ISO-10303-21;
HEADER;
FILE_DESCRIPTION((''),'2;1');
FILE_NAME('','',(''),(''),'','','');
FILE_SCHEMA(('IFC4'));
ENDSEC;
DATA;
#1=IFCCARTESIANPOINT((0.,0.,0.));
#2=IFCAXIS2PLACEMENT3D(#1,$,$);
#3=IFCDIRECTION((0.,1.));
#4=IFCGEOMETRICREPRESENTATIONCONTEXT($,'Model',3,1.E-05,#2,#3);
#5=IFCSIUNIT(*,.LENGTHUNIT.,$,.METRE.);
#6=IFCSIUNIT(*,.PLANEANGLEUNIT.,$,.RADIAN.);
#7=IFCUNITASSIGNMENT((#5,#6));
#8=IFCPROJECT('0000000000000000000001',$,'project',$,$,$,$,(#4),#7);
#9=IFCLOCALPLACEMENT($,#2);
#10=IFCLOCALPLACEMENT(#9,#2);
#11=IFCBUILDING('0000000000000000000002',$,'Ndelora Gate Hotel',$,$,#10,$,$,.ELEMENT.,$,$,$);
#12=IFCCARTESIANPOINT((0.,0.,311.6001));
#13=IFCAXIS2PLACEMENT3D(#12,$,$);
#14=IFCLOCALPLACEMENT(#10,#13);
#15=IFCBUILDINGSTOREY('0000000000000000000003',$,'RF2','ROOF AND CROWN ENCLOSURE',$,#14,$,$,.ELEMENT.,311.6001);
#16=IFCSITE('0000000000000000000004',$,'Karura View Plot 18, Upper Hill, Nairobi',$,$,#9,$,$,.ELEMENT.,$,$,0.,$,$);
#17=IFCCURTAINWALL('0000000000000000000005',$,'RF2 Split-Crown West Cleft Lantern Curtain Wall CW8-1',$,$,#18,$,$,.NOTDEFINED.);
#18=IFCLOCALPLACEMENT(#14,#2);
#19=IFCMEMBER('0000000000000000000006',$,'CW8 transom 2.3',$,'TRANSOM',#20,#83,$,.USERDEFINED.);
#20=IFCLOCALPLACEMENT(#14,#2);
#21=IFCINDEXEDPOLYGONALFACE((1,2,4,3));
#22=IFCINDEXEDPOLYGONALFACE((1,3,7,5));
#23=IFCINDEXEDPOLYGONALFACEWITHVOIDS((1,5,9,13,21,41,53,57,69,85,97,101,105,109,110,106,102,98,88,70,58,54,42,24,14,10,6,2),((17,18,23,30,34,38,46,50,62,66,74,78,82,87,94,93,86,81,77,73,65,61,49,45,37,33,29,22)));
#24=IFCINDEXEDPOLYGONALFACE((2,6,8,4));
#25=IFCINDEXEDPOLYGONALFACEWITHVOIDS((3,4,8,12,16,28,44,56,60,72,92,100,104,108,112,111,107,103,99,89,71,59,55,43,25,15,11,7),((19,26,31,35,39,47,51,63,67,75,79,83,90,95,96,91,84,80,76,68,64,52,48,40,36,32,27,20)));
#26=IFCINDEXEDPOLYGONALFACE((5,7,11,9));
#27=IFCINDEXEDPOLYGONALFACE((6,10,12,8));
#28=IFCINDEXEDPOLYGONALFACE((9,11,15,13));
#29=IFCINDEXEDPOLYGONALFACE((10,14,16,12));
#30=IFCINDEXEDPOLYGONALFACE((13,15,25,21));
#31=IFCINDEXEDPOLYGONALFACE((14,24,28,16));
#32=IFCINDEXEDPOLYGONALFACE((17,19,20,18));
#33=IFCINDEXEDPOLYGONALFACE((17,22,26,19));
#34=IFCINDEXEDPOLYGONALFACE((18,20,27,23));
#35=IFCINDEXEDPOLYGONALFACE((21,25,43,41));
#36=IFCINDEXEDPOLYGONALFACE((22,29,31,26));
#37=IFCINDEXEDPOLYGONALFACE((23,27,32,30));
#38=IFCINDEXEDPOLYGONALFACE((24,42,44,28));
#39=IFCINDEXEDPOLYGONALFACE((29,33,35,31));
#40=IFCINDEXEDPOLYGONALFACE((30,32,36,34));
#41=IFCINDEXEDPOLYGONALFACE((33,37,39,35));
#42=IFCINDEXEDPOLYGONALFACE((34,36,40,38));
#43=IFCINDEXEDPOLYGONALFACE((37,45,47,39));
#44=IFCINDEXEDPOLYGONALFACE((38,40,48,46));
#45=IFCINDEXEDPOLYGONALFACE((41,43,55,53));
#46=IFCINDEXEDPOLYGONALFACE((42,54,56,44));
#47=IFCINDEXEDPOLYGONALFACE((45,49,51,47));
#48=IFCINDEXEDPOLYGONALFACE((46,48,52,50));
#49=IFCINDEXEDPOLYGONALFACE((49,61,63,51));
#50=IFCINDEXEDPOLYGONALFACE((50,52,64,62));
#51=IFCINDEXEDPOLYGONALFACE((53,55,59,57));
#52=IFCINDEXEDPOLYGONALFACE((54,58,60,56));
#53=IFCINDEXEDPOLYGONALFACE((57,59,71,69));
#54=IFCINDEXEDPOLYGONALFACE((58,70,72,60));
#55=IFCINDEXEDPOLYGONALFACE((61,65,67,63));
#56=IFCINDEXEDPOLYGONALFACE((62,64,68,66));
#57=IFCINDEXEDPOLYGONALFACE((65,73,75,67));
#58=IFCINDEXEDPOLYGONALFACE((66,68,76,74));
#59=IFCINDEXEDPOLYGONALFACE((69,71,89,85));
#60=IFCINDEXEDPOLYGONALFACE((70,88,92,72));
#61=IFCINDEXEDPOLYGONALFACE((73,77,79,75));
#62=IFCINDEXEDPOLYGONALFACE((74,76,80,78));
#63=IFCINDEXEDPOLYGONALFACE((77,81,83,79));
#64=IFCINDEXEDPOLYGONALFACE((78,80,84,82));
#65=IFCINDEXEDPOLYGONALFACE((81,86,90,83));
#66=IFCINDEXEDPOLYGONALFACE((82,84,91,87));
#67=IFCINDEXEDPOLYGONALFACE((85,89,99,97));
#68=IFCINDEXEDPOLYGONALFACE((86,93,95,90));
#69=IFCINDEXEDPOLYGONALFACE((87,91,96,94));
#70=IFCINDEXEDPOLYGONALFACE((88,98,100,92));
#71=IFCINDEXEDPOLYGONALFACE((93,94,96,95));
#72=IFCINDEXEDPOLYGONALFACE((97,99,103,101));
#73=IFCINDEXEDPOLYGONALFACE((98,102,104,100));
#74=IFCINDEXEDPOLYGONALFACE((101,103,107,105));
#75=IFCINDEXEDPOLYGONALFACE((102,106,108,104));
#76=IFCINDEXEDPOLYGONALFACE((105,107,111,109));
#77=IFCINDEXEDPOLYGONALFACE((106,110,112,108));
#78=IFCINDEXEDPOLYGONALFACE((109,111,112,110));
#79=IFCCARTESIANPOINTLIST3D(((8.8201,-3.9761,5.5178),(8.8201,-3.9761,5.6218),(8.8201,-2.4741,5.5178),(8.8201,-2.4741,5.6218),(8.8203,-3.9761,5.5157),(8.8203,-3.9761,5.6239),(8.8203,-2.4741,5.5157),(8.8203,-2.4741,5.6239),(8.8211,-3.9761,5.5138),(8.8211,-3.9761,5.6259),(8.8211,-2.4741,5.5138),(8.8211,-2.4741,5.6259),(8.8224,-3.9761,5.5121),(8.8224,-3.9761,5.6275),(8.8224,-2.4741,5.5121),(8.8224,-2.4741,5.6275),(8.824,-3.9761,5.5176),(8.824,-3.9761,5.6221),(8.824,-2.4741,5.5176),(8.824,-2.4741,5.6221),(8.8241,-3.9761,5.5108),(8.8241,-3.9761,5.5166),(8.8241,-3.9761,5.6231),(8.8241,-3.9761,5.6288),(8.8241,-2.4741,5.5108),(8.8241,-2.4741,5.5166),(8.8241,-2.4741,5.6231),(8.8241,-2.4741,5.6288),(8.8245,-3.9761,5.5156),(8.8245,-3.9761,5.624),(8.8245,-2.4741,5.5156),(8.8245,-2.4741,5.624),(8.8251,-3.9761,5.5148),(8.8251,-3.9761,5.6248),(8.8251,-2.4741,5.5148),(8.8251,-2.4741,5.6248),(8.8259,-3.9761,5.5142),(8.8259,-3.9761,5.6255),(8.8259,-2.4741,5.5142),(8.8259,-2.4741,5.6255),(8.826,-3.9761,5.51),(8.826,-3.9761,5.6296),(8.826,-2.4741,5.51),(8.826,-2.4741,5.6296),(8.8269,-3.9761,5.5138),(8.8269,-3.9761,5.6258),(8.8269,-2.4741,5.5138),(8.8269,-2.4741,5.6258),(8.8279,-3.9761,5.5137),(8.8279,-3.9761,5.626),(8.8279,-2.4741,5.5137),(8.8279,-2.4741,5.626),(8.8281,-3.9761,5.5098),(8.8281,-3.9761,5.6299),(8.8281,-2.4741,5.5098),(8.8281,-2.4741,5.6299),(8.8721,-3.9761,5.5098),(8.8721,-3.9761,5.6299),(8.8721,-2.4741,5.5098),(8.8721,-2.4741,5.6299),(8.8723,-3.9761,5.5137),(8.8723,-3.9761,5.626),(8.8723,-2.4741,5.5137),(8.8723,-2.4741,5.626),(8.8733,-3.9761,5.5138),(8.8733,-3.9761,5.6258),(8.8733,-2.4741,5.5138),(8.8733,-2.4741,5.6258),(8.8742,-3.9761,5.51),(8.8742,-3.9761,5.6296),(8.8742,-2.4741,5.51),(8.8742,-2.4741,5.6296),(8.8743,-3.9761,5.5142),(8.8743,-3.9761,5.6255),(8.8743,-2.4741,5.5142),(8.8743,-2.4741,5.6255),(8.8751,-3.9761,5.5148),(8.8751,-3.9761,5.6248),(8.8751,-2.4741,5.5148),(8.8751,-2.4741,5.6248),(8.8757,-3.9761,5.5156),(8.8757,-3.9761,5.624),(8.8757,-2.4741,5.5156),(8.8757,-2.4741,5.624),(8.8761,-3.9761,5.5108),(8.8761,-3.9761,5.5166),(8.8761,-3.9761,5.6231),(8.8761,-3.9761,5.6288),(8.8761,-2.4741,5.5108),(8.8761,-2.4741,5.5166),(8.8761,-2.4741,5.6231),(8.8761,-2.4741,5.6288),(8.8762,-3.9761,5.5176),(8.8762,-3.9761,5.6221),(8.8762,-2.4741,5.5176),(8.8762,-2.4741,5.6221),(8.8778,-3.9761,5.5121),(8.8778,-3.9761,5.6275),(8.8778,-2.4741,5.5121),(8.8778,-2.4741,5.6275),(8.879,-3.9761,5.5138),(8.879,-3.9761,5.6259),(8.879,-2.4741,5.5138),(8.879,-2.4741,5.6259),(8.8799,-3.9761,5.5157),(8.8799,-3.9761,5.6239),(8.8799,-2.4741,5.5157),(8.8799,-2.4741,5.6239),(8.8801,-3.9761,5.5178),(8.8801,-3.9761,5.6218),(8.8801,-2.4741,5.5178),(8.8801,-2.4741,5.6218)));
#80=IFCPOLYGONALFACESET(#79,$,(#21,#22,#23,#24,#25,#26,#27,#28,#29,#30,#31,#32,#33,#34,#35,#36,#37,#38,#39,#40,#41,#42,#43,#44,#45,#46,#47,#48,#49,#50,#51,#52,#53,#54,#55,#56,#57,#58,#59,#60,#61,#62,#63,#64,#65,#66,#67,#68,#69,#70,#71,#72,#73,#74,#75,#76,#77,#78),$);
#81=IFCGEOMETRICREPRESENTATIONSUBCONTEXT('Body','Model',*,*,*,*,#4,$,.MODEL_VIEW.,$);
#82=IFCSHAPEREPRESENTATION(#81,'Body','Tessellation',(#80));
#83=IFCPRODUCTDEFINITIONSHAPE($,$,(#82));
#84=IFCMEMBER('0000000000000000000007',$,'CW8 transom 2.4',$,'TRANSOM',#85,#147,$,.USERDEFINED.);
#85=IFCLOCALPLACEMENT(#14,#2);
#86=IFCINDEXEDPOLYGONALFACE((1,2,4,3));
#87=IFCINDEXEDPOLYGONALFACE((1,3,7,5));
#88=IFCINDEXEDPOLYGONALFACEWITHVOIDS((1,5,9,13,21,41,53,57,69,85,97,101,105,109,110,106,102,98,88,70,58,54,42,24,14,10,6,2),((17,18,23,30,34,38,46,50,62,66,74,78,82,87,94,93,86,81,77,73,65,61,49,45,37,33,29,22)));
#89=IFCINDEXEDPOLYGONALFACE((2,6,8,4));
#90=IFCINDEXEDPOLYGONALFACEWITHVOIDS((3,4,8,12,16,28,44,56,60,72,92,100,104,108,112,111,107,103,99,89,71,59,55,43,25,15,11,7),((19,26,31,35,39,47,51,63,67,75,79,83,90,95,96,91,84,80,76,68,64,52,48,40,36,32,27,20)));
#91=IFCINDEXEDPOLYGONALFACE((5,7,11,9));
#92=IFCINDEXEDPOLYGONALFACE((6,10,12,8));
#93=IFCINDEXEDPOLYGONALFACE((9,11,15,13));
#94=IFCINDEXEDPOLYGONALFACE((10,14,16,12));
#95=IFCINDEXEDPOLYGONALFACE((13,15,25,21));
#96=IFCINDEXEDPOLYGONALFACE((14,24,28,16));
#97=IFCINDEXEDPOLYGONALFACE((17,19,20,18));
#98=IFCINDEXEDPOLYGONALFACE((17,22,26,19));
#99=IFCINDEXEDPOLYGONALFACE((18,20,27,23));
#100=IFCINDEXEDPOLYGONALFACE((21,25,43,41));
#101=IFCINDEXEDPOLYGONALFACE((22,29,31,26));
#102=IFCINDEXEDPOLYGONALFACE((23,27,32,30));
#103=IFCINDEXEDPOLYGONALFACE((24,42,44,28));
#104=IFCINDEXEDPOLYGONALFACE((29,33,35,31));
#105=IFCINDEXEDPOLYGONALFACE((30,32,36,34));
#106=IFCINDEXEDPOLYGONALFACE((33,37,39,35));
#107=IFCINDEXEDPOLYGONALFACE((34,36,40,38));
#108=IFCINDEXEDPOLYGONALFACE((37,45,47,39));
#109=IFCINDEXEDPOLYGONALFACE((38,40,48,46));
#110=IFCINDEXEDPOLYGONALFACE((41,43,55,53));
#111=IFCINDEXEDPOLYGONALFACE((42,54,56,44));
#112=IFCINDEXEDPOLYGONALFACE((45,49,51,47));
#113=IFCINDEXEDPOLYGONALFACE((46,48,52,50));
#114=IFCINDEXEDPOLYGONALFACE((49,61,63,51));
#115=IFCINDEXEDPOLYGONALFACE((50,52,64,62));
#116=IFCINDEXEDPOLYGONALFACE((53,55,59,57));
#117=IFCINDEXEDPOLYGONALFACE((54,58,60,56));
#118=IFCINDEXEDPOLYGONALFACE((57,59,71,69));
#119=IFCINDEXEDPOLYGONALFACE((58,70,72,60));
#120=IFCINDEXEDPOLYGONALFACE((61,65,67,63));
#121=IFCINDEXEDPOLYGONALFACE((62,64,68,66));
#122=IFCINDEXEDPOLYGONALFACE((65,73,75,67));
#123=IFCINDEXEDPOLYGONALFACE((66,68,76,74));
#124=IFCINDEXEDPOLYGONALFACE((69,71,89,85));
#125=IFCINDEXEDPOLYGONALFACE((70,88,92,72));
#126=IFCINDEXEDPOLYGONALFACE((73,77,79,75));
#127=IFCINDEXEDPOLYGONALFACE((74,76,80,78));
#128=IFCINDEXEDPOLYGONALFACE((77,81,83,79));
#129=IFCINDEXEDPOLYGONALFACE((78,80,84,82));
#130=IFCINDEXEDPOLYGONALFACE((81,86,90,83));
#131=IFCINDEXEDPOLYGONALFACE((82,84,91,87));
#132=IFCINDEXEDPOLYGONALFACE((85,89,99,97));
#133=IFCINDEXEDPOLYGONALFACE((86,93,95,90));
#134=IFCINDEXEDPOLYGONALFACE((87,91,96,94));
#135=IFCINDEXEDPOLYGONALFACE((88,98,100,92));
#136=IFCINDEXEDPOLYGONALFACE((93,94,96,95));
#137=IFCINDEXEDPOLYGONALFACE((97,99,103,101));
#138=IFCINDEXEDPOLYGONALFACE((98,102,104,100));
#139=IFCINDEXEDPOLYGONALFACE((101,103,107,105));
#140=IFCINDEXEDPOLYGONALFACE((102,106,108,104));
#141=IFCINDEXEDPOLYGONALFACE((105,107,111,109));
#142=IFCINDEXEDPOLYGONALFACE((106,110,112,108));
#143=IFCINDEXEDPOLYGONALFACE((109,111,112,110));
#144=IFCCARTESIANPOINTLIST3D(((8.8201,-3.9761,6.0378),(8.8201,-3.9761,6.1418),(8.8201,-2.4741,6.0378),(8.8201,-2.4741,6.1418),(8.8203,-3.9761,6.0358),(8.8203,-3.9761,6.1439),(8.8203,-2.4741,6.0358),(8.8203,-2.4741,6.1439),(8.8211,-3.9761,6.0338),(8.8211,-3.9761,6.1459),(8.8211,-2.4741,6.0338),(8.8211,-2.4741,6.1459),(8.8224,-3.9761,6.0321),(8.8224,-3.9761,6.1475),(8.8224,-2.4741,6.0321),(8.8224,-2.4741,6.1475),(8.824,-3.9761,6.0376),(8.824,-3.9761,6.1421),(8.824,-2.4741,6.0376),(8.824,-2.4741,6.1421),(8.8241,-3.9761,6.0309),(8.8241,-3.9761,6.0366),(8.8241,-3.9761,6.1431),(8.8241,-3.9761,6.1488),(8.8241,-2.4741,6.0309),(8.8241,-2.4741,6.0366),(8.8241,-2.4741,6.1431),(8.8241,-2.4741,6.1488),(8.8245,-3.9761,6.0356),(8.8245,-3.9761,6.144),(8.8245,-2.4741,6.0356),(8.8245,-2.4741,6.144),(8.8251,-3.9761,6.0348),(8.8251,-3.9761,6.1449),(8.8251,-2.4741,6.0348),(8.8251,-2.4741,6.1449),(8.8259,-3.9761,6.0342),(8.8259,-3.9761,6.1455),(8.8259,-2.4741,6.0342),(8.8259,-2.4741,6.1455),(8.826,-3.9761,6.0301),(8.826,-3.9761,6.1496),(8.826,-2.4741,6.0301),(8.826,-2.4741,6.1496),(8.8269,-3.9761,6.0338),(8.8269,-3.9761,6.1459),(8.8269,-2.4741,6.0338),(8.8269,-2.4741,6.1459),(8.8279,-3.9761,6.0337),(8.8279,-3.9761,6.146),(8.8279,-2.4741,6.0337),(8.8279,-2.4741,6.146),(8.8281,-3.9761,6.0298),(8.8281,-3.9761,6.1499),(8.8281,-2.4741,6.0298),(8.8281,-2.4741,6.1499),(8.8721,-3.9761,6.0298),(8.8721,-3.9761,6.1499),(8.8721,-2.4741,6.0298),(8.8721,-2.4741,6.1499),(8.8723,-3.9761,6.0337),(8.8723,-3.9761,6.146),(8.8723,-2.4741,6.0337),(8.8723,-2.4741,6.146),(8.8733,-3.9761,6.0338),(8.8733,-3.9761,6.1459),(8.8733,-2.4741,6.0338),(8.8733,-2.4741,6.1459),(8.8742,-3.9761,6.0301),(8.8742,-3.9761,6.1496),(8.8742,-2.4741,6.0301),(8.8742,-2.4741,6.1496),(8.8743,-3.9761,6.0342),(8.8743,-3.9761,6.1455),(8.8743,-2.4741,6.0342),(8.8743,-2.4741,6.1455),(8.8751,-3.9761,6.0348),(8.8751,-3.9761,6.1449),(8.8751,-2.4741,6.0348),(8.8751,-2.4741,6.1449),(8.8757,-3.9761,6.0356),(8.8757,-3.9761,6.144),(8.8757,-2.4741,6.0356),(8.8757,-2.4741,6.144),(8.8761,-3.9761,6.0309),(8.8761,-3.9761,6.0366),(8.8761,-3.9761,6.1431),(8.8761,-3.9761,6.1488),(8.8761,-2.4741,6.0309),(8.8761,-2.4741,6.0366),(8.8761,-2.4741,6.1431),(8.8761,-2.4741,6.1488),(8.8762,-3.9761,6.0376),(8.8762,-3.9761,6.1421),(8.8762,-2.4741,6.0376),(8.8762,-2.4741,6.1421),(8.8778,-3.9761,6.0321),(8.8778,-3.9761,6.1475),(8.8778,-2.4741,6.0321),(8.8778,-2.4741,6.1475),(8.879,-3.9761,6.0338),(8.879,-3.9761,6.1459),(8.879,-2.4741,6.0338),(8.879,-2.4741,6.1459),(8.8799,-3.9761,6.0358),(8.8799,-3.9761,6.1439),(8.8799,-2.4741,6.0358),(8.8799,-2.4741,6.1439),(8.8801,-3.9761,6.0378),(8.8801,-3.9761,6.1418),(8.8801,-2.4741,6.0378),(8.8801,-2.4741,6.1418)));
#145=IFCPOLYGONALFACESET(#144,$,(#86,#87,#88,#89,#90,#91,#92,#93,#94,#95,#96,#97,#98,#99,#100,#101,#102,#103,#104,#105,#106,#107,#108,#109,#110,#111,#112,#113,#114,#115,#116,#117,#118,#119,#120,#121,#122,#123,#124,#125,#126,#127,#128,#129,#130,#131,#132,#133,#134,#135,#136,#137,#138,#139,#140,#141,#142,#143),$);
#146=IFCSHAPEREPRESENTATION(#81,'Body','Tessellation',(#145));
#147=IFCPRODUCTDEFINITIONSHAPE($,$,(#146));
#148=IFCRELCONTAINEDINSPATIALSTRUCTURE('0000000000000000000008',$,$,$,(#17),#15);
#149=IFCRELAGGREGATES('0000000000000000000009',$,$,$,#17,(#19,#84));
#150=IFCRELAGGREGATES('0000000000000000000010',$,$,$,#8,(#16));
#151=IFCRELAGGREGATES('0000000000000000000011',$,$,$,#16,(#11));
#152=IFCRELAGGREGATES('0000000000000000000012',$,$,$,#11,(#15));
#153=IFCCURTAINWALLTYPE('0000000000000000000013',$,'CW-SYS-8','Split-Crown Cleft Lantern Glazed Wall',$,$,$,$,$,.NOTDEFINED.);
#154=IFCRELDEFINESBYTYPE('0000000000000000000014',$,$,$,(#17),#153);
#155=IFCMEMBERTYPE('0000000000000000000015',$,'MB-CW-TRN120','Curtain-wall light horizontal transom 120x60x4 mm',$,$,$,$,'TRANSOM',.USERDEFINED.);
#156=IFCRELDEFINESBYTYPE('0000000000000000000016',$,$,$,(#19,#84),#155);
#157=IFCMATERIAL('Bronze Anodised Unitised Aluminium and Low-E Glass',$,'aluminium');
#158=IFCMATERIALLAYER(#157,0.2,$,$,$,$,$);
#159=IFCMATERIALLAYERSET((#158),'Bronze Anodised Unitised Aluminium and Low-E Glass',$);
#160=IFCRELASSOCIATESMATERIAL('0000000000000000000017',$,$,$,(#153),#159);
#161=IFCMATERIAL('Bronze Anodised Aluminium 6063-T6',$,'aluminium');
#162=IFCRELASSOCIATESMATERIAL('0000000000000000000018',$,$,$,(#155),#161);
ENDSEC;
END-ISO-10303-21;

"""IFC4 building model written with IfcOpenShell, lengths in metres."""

from ifc_helpers import new_model, si_unit, direction, frame, origin, origin_2d, place, context, subcontext, project, spatial, hollow_rectangle, extrude, material, layer, layer_set, material_profile, profile_set, type_object, element, aggregate, save


model = new_model("IFC4")

# Units and contexts
model_context = context("Model", 3, precision=1e-05, world=origin(), true_north=direction((0.0, 1.0)))
body_context = subcontext(model_context, "Body", "Model", "MODEL_VIEW")
ifc_project = project(units=[si_unit("LENGTHUNIT", "METRE"), si_unit("PLANEANGLEUNIT", "RADIAN")], contexts=[model_context])

# Site, building, storey
site_placement = place(None, origin())
site = spatial("IfcSite", under=ifc_project, at=site_placement, Name="Karura View Plot 18, Upper Hill, Nairobi", CompositionType="ELEMENT", RefElevation=0.0)
building_placement = place(site_placement, origin())
building = spatial("IfcBuilding", under=site, at=building_placement, Name="Ndelora Gate Hotel", CompositionType="ELEMENT")
storey_placement = place(building_placement, frame((0.0, 0.0, 311.6001)))
storey = spatial("IfcBuildingStorey", under=building, at=storey_placement, Name="RF2", Description="ROOF AND CROWN ENCLOSURE", CompositionType="ELEMENT", Elevation=311.6001)

# Curtain wall, members
ifc_material_1 = material(Name="Bronze Anodised Unitised Aluminium and Low-E Glass", Category="aluminium")
ifc_layer_1 = layer(ifc_material_1, 0.2)
ifc_layer_set_1 = layer_set([ifc_layer_1], Name="Bronze Anodised Unitised Aluminium and Low-E Glass")
curtain_wall_type = type_object("IfcCurtainWallType", Name="CW-SYS-8", Description="Split-Crown Cleft Lantern Glazed Wall", PredefinedType="NOTDEFINED", material=ifc_layer_set_1)
curtain_wall_placement = place(storey_placement, origin())
curtain_wall = element("IfcCurtainWall", 1, at=curtain_wall_placement, inside=storey, type_object=curtain_wall_type, Name="RF2 Split-Crown West Cleft Lantern Curtain Wall CW8-1", PredefinedType="NOTDEFINED")
ifc_material_2 = material(Name="Bronze Anodised Aluminium 6063-T6", Category="aluminium")
ifc_material_profile_1 = material_profile(ifc_material_2, hollow_rectangle(XDim=0.0601, YDim=0.1201, WallThickness=0.0039, InnerFilletRadius=0.0039, OuterFilletRadius=0.0081, at=origin_2d()), Name="ALU 120x60x4")
ifc_profile_set_1 = profile_set([ifc_material_profile_1], Name="Bronze Anodised Aluminium 6063-T6")
member_type_1 = type_object("IfcMemberType", Name="MB-CW-TRN120", Description="Curtain-wall light horizontal transom 120x60x4 mm", ElementType="TRANSOM", PredefinedType="USERDEFINED", material=ifc_profile_set_1)
member_1_placement = place(storey_placement, frame((8.8501, -3.9761, 5.5698), z_axis=(0.0, 1.0, 0.0), x_axis=(-1.0, 0.0, 0.0)))
member_1 = element("IfcMember", 2, at=member_1_placement, type_object=member_type_1, Name="CW8 transom 2.3", ObjectType="TRANSOM", PredefinedType="USERDEFINED", context=body_context, shape_type="SweptSolid", body=[
    extrude(hollow_rectangle(XDim=0.0601, YDim=0.1201, WallThickness=0.0039, InnerFilletRadius=0.0039, OuterFilletRadius=0.0081, at=origin_2d()), origin(), (0.0, 0.0, 1.0), 1.502),
])
member_2_placement = place(storey_placement, frame((8.8501, -3.9761, 6.0898), z_axis=(0.0, 1.0, 0.0), x_axis=(-1.0, 0.0, 0.0)))
member_2 = element("IfcMember", 3, at=member_2_placement, type_object=member_type_1, Name="CW8 transom 2.4", ObjectType="TRANSOM", PredefinedType="USERDEFINED", context=body_context, shape_type="SweptSolid", body=[
    extrude(hollow_rectangle(XDim=0.0601, YDim=0.1201, WallThickness=0.0039, InnerFilletRadius=0.0039, OuterFilletRadius=0.0081, at=origin_2d()), origin(), (0.0, 0.0, 1.0), 1.502),
])
aggregate(curtain_wall, [member_1, member_2])

save(model, "model.ifc")
